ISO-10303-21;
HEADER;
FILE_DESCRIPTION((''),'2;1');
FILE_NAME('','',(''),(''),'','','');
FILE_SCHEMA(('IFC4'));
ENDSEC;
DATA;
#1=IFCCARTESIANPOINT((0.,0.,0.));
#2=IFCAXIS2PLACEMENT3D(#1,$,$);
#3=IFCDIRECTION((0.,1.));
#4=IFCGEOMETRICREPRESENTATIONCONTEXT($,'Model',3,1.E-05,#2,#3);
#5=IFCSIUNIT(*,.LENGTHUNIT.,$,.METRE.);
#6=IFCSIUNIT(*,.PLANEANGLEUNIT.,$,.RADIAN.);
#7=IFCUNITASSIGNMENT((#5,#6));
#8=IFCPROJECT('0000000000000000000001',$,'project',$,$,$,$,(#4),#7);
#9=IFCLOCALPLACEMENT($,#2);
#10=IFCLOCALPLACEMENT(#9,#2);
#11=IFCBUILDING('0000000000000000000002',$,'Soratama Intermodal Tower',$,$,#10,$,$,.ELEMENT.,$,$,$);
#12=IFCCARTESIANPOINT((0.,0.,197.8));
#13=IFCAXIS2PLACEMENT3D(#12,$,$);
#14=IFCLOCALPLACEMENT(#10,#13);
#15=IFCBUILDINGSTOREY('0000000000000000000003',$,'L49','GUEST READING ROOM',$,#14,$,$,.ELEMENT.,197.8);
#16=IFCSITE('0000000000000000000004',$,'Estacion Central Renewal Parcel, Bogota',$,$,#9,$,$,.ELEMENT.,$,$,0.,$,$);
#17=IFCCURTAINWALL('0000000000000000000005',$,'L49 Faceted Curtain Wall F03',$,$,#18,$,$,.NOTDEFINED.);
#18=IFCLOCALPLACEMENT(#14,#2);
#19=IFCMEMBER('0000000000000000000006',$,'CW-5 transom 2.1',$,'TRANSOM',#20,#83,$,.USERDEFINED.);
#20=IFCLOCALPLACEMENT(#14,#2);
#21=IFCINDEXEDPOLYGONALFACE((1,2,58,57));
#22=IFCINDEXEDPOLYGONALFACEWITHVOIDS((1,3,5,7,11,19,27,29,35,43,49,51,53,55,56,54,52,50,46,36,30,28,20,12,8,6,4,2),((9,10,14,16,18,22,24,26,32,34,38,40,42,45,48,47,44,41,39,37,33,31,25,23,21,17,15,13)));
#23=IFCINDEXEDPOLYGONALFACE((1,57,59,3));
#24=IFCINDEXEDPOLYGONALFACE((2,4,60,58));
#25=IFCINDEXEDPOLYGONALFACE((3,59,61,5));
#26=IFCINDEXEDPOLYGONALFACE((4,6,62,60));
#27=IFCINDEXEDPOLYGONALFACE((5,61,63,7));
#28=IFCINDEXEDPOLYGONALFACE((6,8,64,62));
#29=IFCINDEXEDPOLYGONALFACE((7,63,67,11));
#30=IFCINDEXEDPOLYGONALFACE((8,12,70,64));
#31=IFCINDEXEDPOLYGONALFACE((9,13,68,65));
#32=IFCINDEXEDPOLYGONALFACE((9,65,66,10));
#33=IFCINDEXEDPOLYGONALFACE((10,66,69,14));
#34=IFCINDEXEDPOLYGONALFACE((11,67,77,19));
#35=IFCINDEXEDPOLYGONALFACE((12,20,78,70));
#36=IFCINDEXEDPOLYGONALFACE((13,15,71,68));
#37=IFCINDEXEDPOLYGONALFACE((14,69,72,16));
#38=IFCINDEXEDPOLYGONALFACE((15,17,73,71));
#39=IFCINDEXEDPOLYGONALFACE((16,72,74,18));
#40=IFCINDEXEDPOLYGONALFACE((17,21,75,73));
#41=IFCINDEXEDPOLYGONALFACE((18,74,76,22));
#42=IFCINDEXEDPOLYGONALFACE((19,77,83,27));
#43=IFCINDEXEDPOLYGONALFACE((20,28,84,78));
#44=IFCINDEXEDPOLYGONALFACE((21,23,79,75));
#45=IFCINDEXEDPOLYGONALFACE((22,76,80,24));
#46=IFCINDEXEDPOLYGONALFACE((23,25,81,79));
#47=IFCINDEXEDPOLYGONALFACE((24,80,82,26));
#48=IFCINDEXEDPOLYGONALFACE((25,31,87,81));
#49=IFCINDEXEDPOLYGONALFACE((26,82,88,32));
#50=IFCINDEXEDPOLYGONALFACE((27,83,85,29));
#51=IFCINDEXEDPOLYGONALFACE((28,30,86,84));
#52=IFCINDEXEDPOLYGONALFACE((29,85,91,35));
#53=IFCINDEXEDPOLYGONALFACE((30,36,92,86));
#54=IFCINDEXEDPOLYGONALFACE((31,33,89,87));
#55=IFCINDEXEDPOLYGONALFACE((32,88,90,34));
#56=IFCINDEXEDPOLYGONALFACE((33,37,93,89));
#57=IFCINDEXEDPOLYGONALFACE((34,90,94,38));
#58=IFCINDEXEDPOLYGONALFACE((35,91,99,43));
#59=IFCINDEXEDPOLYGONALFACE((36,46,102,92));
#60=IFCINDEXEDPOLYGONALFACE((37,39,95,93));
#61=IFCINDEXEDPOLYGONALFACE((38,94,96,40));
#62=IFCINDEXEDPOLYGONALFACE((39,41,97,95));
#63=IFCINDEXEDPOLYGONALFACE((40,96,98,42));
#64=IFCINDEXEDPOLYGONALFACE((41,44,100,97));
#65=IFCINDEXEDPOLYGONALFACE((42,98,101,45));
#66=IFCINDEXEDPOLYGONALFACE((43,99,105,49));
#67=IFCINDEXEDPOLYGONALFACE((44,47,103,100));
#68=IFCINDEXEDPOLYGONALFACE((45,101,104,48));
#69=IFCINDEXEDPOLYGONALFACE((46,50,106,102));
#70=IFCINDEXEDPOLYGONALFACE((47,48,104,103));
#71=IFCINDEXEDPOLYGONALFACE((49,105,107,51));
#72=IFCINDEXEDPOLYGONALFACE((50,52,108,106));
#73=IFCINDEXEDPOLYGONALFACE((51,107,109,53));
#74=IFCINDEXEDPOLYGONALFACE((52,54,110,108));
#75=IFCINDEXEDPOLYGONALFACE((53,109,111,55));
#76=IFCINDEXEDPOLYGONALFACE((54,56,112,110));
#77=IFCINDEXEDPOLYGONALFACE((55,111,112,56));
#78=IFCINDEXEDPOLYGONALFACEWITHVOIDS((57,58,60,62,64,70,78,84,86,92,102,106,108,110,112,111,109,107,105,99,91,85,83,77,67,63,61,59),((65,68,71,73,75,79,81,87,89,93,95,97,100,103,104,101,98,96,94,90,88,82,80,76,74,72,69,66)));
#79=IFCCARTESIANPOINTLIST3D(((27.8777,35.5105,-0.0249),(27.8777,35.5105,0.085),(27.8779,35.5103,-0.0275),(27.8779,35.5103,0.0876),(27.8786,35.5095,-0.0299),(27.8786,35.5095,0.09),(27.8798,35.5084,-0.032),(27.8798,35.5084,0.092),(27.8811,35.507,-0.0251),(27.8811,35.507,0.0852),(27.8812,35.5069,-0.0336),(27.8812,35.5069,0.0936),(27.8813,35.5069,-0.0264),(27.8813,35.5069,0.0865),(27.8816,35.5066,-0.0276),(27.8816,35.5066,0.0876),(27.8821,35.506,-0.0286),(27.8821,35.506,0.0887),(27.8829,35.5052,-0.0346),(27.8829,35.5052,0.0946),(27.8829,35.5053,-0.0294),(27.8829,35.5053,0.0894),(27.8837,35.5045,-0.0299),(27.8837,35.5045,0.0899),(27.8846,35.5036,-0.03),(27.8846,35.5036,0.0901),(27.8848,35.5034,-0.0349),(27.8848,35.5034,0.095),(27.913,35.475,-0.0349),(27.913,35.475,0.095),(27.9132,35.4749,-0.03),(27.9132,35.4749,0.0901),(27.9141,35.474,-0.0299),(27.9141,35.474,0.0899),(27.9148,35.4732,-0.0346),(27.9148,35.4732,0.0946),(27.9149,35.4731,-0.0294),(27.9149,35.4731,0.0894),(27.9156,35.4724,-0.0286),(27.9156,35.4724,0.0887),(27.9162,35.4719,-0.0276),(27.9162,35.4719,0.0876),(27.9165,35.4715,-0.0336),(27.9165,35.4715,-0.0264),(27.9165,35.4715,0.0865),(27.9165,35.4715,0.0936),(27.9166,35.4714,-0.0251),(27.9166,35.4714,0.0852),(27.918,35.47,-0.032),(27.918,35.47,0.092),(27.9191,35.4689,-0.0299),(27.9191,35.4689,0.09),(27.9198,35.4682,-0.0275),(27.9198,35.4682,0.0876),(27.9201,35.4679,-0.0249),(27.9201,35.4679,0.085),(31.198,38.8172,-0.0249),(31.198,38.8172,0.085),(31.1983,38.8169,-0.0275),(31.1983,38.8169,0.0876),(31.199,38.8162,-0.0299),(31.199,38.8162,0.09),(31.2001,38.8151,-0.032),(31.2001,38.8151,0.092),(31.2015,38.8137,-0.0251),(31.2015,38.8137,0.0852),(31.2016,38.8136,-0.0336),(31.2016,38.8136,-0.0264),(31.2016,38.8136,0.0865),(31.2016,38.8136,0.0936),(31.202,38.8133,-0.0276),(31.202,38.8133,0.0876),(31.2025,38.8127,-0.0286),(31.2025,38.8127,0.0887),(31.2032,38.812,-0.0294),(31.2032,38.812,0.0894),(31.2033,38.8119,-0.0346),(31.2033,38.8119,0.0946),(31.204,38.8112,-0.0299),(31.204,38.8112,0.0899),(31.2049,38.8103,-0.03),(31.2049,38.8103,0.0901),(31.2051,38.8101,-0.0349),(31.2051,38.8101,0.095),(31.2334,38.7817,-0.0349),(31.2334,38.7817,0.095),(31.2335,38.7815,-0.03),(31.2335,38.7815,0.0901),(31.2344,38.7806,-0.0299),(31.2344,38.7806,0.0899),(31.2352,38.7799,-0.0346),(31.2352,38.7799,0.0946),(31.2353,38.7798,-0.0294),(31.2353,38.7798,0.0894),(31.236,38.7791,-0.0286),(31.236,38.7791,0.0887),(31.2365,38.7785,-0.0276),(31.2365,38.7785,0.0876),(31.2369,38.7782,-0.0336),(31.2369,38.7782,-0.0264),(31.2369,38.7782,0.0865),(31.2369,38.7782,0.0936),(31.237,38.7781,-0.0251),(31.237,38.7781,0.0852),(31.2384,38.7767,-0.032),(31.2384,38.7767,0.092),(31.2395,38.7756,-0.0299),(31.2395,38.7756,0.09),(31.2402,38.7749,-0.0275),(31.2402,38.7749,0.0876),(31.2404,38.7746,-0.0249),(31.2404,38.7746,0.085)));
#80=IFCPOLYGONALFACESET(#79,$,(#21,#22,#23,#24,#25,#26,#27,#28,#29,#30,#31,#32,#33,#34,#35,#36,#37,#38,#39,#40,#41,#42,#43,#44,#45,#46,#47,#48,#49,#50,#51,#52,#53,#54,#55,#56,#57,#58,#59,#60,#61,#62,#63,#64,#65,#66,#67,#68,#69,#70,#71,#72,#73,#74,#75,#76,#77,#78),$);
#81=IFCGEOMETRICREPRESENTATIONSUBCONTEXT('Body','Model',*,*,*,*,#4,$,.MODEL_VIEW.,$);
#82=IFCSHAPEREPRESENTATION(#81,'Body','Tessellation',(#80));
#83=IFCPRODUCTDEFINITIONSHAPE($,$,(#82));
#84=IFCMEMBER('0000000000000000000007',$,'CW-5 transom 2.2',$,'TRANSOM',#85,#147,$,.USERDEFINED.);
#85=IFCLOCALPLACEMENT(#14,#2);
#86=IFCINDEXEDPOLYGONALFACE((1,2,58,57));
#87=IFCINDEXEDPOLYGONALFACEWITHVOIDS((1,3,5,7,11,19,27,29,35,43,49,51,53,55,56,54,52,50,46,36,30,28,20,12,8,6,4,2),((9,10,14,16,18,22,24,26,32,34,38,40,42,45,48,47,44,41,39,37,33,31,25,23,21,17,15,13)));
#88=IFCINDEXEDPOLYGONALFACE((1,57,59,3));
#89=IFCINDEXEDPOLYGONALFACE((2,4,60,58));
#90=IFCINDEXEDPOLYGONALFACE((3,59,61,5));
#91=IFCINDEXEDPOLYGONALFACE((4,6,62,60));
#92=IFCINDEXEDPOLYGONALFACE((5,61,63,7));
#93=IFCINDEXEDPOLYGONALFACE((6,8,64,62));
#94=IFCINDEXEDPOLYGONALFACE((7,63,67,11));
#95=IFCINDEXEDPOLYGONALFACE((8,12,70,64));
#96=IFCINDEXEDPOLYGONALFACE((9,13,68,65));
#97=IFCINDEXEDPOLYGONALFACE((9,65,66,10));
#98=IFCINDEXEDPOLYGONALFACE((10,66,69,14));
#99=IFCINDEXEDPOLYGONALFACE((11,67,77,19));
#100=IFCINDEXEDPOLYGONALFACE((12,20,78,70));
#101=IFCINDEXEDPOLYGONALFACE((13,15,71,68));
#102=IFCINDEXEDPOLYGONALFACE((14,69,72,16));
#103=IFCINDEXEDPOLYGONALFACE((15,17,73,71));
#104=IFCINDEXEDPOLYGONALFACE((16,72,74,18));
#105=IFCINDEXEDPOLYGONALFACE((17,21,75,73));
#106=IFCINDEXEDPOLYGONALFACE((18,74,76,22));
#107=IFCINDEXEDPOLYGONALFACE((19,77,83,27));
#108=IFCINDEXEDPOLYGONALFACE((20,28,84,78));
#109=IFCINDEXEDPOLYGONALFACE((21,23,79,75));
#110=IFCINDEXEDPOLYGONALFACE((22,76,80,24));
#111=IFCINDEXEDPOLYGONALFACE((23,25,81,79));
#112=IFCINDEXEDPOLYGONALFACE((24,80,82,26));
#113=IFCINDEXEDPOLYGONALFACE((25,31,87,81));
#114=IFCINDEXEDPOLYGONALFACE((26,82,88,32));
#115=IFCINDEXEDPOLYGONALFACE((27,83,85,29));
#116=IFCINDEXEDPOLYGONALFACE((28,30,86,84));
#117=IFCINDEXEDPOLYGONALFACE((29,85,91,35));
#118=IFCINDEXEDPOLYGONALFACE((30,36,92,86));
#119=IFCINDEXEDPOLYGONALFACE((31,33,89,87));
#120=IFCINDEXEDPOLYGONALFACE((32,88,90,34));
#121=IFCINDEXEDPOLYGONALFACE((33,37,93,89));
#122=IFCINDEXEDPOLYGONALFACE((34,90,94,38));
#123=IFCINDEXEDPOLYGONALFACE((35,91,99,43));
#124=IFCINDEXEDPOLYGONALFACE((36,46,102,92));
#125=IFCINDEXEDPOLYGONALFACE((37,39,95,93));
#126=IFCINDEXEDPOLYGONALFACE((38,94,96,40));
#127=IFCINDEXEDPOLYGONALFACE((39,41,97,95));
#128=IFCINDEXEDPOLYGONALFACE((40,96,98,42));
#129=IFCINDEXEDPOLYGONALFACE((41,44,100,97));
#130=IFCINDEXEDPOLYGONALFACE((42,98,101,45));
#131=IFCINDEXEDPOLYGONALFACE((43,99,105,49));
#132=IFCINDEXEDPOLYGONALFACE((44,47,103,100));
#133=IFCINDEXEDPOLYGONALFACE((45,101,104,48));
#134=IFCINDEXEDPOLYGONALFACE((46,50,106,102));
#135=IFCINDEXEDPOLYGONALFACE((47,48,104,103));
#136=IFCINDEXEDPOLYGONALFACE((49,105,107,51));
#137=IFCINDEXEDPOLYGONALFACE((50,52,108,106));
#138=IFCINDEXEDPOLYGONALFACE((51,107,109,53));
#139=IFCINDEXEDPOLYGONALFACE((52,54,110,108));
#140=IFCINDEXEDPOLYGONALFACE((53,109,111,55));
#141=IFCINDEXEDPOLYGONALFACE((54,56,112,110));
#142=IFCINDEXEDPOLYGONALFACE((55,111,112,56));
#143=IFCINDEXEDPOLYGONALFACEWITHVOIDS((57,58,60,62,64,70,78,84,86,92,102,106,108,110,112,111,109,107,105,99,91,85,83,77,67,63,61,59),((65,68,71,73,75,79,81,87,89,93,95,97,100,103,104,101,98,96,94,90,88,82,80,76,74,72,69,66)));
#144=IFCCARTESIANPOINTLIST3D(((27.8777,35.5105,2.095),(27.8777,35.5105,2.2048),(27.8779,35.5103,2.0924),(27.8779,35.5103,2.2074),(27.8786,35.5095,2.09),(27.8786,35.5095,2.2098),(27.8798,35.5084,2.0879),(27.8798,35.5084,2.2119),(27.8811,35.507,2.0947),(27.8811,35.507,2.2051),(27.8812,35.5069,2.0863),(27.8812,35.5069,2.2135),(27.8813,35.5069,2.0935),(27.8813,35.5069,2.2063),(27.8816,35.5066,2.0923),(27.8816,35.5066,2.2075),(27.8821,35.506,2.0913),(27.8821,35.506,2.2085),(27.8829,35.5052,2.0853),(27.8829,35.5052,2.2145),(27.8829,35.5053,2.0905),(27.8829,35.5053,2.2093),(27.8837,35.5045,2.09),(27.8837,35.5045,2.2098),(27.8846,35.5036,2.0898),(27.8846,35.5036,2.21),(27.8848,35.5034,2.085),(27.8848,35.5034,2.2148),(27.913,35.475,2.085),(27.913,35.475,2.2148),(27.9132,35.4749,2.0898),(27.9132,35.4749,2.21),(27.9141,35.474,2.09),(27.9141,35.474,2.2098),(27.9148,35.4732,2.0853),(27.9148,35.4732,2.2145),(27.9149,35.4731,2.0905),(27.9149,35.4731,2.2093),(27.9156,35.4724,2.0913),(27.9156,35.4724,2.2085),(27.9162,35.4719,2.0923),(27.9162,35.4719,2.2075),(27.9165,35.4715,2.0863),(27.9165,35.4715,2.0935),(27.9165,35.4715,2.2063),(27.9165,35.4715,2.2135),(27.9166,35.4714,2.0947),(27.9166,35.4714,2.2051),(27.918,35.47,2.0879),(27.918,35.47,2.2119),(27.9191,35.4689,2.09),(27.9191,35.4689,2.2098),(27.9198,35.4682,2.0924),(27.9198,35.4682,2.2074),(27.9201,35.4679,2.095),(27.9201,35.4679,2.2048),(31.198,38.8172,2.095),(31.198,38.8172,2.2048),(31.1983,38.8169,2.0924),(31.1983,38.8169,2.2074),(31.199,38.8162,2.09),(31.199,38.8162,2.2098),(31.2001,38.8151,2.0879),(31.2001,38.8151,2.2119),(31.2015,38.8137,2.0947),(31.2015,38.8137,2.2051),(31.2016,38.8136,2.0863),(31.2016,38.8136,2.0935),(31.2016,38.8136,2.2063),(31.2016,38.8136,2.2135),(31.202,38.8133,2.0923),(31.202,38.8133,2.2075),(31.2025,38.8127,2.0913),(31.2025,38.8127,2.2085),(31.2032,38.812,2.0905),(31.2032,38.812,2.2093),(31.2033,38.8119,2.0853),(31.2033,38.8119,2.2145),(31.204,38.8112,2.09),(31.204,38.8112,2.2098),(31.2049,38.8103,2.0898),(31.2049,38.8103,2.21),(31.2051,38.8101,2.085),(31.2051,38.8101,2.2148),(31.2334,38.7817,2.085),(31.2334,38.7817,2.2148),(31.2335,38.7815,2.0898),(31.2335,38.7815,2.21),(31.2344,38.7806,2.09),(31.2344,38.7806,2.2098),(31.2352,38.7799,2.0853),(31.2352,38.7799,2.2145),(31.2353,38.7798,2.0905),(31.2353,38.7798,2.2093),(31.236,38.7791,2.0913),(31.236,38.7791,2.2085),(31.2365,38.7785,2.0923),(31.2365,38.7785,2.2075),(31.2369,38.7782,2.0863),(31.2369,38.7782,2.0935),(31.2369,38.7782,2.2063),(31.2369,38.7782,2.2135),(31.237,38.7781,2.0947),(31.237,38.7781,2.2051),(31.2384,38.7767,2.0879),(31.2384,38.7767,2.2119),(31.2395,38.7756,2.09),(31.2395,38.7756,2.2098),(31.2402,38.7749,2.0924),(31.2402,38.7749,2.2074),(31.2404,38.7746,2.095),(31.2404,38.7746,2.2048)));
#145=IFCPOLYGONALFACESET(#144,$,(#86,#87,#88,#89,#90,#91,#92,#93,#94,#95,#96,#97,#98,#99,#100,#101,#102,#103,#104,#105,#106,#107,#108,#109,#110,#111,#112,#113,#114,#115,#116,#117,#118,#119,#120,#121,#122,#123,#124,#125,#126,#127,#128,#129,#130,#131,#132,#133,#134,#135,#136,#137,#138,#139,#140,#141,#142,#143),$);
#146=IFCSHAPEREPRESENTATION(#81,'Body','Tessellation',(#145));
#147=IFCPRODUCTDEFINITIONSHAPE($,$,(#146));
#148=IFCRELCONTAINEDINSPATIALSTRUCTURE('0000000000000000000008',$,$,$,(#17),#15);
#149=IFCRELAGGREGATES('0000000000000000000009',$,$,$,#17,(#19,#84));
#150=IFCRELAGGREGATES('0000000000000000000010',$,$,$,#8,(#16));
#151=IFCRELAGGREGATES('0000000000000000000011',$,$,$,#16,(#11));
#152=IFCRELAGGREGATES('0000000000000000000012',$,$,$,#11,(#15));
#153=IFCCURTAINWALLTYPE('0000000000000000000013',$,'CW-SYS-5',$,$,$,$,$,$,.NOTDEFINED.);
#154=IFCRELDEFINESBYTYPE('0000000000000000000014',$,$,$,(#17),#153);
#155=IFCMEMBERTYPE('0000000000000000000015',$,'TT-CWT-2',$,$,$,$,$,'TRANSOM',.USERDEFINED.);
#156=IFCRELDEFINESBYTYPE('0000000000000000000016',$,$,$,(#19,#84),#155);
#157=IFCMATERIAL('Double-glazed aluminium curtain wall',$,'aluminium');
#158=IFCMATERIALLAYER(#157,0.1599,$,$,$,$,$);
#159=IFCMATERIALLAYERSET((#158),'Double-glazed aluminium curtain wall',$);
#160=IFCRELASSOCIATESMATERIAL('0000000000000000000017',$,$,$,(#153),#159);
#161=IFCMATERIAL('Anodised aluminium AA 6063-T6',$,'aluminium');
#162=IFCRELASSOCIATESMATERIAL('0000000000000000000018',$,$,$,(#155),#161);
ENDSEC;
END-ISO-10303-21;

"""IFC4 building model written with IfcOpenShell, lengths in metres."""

from ifc_helpers import new_model, si_unit, direction, frame, origin, origin_2d, place, context, subcontext, project, spatial, hollow_rectangle, extrude, material, layer, layer_set, material_profile, profile_set, type_object, element, aggregate, save


model = new_model("IFC4")

# Units and contexts
model_context = context("Model", 3, precision=1e-05, world=origin(), true_north=direction((0.0, 1.0)))
body_context = subcontext(model_context, "Body", "Model", "MODEL_VIEW")
ifc_project = project(units=[si_unit("LENGTHUNIT", "METRE"), si_unit("PLANEANGLEUNIT", "RADIAN")], contexts=[model_context])

# Site, building, storey
site_placement = place(None, origin())
site = spatial("IfcSite", under=ifc_project, at=site_placement, Name="Estacion Central Renewal Parcel, Bogota", CompositionType="ELEMENT", RefElevation=0.0)
building_placement = place(site_placement, origin())
building = spatial("IfcBuilding", under=site, at=building_placement, Name="Soratama Intermodal Tower", CompositionType="ELEMENT")
storey_placement = place(building_placement, frame((0.0, 0.0, 197.8)))
storey = spatial("IfcBuildingStorey", under=building, at=storey_placement, Name="L49", Description="GUEST READING ROOM", CompositionType="ELEMENT", Elevation=197.8)

# Curtain wall, members
ifc_material_1 = material(Name="Double-glazed aluminium curtain wall", Category="aluminium")
ifc_layer_1 = layer(ifc_material_1, 0.1599)
ifc_layer_set_1 = layer_set([ifc_layer_1], Name="Double-glazed aluminium curtain wall")
curtain_wall_type = type_object("IfcCurtainWallType", Name="CW-SYS-5", PredefinedType="NOTDEFINED", material=ifc_layer_set_1)
curtain_wall_placement = place(storey_placement, origin())
curtain_wall = element("IfcCurtainWall", 1, at=curtain_wall_placement, inside=storey, type_object=curtain_wall_type, Name="L49 Faceted Curtain Wall F03", PredefinedType="NOTDEFINED")
ifc_material_2 = material(Name="Anodised aluminium AA 6063-T6", Category="aluminium")
ifc_material_profile_1 = material_profile(ifc_material_2, hollow_rectangle(XDim=0.0601, YDim=0.1299, WallThickness=0.0049, InnerFilletRadius=0.0049, OuterFilletRadius=0.01, at=origin_2d()), Name="CWT130X60X5")
ifc_profile_set_1 = profile_set([ifc_material_profile_1], Name="Anodised aluminium AA 6063-T6")
member_type_1 = type_object("IfcMemberType", Name="TT-CWT-2", ElementType="TRANSOM", PredefinedType="USERDEFINED", material=ifc_profile_set_1)
member_1_placement = place(storey_placement, frame((31.2192, 38.7959, 0.03), z_axis=(-0.708564, -0.705646, 0.0), x_axis=(0.705646, -0.708564, 0.0)))
member_1 = element("IfcMember", 2, at=member_1_placement, type_object=member_type_1, Name="CW-5 transom 2.1", ObjectType="TRANSOM", PredefinedType="USERDEFINED", context=body_context, shape_type="SweptSolid", body=[
    extrude(hollow_rectangle(XDim=0.0601, YDim=0.1299, WallThickness=0.0049, InnerFilletRadius=0.0049, OuterFilletRadius=0.01, at=origin_2d()), origin(), (0.0, 0.0, 1.0), 4.686),
])
member_2_placement = place(storey_placement, frame((31.2192, 38.7959, 2.1499), z_axis=(-0.708564, -0.705646, 0.0), x_axis=(0.705646, -0.708564, 0.0)))
member_2 = element("IfcMember", 3, at=member_2_placement, type_object=member_type_1, Name="CW-5 transom 2.2", ObjectType="TRANSOM", PredefinedType="USERDEFINED", context=body_context, shape_type="SweptSolid", body=[
    extrude(hollow_rectangle(XDim=0.0601, YDim=0.1299, WallThickness=0.0049, InnerFilletRadius=0.0049, OuterFilletRadius=0.01, at=origin_2d()), origin(), (0.0, 0.0, 1.0), 4.686),
])
aggregate(curtain_wall, [member_1, member_2])

save(model, "model.ifc")
